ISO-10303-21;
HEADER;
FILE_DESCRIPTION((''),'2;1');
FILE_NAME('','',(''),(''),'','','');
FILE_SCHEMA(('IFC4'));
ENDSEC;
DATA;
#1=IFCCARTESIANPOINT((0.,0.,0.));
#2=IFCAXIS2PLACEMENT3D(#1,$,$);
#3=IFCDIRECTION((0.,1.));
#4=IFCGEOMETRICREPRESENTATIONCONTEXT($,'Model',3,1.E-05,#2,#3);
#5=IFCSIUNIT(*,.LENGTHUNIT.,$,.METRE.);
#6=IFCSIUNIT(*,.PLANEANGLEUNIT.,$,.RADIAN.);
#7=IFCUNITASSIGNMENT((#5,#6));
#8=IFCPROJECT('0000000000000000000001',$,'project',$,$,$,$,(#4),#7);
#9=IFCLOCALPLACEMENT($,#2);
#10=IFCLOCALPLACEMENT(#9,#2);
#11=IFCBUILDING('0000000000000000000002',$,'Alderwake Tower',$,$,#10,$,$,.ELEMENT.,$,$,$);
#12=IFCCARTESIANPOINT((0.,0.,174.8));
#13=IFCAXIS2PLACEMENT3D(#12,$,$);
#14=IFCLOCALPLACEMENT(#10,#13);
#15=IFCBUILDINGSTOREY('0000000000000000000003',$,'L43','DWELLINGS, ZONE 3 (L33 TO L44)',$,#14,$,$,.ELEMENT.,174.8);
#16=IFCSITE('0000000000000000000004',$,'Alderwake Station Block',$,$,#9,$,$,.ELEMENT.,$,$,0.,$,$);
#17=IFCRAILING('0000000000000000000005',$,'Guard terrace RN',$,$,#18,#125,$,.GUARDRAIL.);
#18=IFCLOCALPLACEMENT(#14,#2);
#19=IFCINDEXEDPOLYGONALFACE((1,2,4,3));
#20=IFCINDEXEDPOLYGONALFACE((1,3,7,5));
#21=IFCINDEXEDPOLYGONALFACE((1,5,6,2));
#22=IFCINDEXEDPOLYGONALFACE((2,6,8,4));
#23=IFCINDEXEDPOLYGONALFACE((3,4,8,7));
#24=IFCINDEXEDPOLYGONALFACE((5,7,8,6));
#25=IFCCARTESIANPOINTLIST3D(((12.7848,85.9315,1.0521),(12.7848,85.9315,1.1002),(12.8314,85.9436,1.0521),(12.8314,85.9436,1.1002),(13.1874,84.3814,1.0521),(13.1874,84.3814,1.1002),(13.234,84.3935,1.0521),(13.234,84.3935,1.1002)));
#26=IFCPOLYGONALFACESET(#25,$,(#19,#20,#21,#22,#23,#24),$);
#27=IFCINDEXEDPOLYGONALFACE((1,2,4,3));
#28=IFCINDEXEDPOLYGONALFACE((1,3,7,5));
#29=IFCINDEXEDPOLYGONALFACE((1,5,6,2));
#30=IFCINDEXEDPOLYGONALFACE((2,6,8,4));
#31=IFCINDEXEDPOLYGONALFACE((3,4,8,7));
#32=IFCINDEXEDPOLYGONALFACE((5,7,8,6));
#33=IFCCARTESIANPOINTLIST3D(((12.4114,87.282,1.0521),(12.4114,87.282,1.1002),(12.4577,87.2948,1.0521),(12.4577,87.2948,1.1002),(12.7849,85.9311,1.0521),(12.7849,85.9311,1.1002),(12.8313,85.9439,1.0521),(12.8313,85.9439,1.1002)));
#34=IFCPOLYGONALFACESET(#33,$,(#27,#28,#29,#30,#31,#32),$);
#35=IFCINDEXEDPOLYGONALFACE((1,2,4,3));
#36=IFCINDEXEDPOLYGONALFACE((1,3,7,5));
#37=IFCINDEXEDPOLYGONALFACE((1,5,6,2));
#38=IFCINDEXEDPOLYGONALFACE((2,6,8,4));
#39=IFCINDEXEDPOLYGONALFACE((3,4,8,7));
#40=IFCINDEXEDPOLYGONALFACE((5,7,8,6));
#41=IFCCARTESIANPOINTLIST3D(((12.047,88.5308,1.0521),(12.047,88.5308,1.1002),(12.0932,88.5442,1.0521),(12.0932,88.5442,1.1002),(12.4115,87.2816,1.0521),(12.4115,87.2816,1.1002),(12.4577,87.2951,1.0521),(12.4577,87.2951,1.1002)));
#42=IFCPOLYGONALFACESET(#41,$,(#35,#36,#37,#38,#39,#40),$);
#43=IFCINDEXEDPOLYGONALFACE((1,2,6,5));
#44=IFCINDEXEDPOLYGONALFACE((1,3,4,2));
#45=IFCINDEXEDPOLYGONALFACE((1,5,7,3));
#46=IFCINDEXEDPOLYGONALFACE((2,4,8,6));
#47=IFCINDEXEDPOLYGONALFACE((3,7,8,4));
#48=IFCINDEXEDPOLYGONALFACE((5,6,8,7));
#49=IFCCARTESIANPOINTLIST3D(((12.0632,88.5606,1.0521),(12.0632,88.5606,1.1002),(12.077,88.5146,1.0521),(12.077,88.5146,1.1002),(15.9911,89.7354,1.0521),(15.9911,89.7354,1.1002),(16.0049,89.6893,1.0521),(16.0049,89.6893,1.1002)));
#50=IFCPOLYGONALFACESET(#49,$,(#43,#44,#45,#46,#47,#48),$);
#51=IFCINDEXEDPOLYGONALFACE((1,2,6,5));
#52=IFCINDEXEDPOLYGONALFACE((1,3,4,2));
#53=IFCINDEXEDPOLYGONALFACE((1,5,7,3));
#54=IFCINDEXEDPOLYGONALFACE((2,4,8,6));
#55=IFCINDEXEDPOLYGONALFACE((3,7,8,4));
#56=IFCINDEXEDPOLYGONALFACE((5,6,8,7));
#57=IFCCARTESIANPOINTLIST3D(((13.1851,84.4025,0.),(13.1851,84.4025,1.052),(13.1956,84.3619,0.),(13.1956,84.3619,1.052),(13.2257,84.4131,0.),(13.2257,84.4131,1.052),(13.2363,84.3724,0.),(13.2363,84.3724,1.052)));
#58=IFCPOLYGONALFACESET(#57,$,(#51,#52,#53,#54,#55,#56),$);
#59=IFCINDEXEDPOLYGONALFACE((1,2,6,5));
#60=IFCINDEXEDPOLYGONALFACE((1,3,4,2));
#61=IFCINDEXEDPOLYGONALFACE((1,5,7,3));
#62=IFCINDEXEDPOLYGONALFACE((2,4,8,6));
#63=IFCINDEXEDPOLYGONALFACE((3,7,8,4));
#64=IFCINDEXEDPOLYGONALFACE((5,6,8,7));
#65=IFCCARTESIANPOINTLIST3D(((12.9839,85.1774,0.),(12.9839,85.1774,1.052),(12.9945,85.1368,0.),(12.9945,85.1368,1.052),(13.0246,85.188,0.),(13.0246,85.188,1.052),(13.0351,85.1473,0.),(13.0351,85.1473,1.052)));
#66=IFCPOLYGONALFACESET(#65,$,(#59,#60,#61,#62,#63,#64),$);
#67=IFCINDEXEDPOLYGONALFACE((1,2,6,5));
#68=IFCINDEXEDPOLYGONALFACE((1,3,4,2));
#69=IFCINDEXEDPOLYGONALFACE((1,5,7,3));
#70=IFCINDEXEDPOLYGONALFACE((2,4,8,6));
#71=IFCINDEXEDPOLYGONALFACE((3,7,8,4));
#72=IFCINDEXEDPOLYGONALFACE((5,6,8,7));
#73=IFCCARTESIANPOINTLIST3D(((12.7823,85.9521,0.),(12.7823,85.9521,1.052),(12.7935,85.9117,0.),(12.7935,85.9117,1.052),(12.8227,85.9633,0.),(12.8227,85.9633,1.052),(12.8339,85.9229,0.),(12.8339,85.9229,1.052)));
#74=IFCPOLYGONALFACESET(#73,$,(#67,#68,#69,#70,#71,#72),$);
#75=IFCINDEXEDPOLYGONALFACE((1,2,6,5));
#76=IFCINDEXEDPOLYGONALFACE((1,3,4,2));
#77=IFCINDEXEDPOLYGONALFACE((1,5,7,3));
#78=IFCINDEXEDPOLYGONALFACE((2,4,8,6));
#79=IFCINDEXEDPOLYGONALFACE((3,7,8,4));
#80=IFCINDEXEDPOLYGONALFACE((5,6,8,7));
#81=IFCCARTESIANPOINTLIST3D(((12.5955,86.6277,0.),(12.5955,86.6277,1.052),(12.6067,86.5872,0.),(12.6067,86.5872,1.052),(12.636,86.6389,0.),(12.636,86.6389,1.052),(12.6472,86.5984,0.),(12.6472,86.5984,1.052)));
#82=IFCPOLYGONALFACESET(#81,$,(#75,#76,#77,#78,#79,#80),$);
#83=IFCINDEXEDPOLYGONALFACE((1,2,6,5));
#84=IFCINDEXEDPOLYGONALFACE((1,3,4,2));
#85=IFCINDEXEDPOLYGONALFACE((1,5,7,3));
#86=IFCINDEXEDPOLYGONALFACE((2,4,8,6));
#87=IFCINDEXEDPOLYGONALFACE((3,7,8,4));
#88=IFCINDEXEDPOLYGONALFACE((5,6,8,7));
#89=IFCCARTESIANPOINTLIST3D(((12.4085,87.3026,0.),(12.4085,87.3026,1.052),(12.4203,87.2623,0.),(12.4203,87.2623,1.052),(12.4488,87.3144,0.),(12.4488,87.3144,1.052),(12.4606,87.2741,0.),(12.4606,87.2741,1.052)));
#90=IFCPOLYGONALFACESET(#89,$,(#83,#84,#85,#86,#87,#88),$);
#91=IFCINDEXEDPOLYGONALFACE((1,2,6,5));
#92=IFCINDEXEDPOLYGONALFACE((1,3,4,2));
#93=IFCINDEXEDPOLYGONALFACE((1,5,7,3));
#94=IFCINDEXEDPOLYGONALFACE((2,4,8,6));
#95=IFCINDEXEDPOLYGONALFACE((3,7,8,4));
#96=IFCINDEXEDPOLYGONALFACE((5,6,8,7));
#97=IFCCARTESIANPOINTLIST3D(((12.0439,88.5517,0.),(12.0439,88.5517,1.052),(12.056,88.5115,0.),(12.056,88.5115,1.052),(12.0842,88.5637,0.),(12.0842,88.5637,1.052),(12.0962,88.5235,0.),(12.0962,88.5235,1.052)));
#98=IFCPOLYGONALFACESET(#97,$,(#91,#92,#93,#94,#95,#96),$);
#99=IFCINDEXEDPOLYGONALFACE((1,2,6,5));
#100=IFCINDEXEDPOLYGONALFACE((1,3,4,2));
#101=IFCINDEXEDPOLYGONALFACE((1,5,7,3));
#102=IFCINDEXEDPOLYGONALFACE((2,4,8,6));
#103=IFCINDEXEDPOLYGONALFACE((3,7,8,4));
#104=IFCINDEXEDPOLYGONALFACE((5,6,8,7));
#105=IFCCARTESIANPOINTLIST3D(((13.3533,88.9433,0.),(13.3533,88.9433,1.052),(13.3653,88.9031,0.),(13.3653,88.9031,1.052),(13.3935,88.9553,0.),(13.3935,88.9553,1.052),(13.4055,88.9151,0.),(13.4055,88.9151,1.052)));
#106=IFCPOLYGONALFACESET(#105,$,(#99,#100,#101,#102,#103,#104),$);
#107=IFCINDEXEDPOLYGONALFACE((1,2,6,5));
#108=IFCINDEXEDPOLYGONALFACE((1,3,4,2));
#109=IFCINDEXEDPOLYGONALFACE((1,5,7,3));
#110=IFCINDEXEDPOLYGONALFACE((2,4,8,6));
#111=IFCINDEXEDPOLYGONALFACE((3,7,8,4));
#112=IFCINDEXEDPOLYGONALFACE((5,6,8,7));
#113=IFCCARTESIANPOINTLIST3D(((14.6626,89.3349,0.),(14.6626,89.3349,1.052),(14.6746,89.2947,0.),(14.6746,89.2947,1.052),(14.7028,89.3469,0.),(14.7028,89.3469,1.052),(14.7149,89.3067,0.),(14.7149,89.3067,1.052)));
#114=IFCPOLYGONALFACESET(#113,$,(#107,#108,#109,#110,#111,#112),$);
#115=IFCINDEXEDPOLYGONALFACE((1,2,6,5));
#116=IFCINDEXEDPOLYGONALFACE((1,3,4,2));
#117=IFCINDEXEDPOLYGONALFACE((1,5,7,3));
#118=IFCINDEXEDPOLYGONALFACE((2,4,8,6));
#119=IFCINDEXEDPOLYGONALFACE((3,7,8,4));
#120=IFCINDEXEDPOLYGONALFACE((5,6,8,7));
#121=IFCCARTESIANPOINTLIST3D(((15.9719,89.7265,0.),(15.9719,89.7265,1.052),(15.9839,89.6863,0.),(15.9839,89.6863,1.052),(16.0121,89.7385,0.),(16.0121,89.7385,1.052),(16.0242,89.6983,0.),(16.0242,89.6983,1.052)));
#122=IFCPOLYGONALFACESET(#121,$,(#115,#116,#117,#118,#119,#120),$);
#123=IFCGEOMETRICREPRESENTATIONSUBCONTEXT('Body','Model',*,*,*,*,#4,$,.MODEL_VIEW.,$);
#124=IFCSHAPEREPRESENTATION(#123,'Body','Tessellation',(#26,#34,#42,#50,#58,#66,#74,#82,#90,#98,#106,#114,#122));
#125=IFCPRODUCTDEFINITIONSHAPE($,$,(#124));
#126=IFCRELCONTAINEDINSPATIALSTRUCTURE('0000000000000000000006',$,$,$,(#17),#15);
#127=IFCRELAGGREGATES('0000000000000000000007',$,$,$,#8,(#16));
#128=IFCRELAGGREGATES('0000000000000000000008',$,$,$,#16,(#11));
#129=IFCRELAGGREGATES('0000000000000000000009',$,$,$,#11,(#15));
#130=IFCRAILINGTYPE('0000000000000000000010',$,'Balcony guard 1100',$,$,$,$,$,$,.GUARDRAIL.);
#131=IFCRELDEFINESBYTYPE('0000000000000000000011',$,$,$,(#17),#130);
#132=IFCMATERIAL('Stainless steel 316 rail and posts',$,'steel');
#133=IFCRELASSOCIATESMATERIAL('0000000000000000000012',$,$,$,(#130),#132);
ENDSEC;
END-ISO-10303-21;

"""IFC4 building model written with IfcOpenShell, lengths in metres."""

from ifc_helpers import new_model, si_unit, direction, frame, origin, origin_2d, place, context, subcontext, project, spatial, rectangle, extrude, material, type_object, element, save


model = new_model("IFC4")

# Units and contexts
model_context = context("Model", 3, precision=1e-05, world=origin(), true_north=direction((0.0, 1.0)))
body_context = subcontext(model_context, "Body", "Model", "MODEL_VIEW")
ifc_project = project(units=[si_unit("LENGTHUNIT", "METRE"), si_unit("PLANEANGLEUNIT", "RADIAN")], contexts=[model_context])

# Site, building, storey
site_placement = place(None, origin())
site = spatial("IfcSite", under=ifc_project, at=site_placement, Name="Alderwake Station Block", CompositionType="ELEMENT", RefElevation=0.0)
building_placement = place(site_placement, origin())
building = spatial("IfcBuilding", under=site, at=building_placement, Name="Alderwake Tower", CompositionType="ELEMENT")
storey_placement = place(building_placement, frame((0.0, 0.0, 174.8)))
storey = spatial("IfcBuildingStorey", under=building, at=storey_placement, Name="L43", Description="DWELLINGS, ZONE 3 (L33 TO L44)", CompositionType="ELEMENT", Elevation=174.8)

# Railing
ifc_material_1 = material(Name="Stainless steel 316 rail and posts", Category="steel")
railing_type = type_object("IfcRailingType", Name="Balcony guard 1100", PredefinedType="GUARDRAIL", material=ifc_material_1)
railing_placement = place(storey_placement, frame((13.2107, 84.3875, 0.0)))
element("IfcRailing", 1, at=railing_placement, inside=storey, type_object=railing_type, Name="Guard terrace RN", PredefinedType="GUARDRAIL", context=body_context, shape_type="SweptSolid", body=[
    extrude(rectangle(XDim=0.0481, YDim=0.0481, at=origin_2d()), frame((0.0, 0.0, 1.0762), z_axis=(-0.251385, 0.967887, 0.0), x_axis=(-0.967887, -0.251385, 0.0)), (0.0, 0.0, 1.0), 1.6016),
    extrude(rectangle(XDim=0.0481, YDim=0.0481, at=origin_2d()), frame((-0.4026, 1.55, 1.0762), z_axis=(-0.266521, 0.963829, 0.0), x_axis=(-0.963829, -0.266521, 0.0)), (0.0, 0.0, 1.0), 1.4016),
    extrude(rectangle(XDim=0.0481, YDim=0.0481, at=origin_2d()), frame((-0.7761, 2.9009, 1.0762), z_axis=(-0.280094, 0.959973, 0.0), x_axis=(-0.959973, -0.280094, 0.0)), (0.0, 0.0, 1.0), 1.3013),
    extrude(rectangle(XDim=0.0481, YDim=0.0481, at=origin_2d()), frame((-1.1406, 4.1501, 1.0762), z_axis=(0.958067, 0.286545, 0.0), x_axis=(-0.286545, 0.958067, 0.0)), (0.0, 0.0, 1.0), 4.0999),
    extrude(rectangle(XDim=0.042, YDim=0.042, at=origin_2d()), frame((0.0, 0.0, 0.0), z_axis=(0.0, 0.0, 1.0), x_axis=(-0.251385, 0.967887, 0.0)), (0.0, 0.0, 1.0), 1.052),
    extrude(rectangle(XDim=0.042, YDim=0.042, at=origin_2d()), frame((-0.2012, 0.7749, 0.0), z_axis=(0.0, 0.0, 1.0), x_axis=(-0.251385, 0.967887, 0.0)), (0.0, 0.0, 1.0), 1.052),
    extrude(rectangle(XDim=0.042, YDim=0.042, at=origin_2d()), frame((-0.4026, 1.55, 0.0), z_axis=(0.0, 0.0, 1.0), x_axis=(-0.266521, 0.963829, 0.0)), (0.0, 0.0, 1.0), 1.052),
    extrude(rectangle(XDim=0.042, YDim=0.042, at=origin_2d()), frame((-0.5894, 2.2256, 0.0), z_axis=(0.0, 0.0, 1.0), x_axis=(-0.266521, 0.963829, 0.0)), (0.0, 0.0, 1.0), 1.052),
    extrude(rectangle(XDim=0.042, YDim=0.042, at=origin_2d()), frame((-0.7761, 2.9009, 0.0), z_axis=(0.0, 0.0, 1.0), x_axis=(-0.280094, 0.959973, 0.0)), (0.0, 0.0, 1.0), 1.052),
    extrude(rectangle(XDim=0.042, YDim=0.042, at=origin_2d()), frame((-1.1406, 4.1501, 0.0), z_axis=(0.0, 0.0, 1.0), x_axis=(0.958067, 0.286545, 0.0)), (0.0, 0.0, 1.0), 1.052),
    extrude(rectangle(XDim=0.042, YDim=0.042, at=origin_2d()), frame((0.1687, 4.5417, 0.0), z_axis=(0.0, 0.0, 1.0), x_axis=(0.958067, 0.286545, 0.0)), (0.0, 0.0, 1.0), 1.052),
    extrude(rectangle(XDim=0.042, YDim=0.042, at=origin_2d()), frame((1.478, 4.9333, 0.0), z_axis=(0.0, 0.0, 1.0), x_axis=(0.958067, 0.286545, 0.0)), (0.0, 0.0, 1.0), 1.052),
    extrude(rectangle(XDim=0.042, YDim=0.042, at=origin_2d()), frame((2.7874, 5.325, 0.0), z_axis=(0.0, 0.0, 1.0), x_axis=(0.958067, 0.286545, 0.0)), (0.0, 0.0, 1.0), 1.052),
])

save(model, "model.ifc")
